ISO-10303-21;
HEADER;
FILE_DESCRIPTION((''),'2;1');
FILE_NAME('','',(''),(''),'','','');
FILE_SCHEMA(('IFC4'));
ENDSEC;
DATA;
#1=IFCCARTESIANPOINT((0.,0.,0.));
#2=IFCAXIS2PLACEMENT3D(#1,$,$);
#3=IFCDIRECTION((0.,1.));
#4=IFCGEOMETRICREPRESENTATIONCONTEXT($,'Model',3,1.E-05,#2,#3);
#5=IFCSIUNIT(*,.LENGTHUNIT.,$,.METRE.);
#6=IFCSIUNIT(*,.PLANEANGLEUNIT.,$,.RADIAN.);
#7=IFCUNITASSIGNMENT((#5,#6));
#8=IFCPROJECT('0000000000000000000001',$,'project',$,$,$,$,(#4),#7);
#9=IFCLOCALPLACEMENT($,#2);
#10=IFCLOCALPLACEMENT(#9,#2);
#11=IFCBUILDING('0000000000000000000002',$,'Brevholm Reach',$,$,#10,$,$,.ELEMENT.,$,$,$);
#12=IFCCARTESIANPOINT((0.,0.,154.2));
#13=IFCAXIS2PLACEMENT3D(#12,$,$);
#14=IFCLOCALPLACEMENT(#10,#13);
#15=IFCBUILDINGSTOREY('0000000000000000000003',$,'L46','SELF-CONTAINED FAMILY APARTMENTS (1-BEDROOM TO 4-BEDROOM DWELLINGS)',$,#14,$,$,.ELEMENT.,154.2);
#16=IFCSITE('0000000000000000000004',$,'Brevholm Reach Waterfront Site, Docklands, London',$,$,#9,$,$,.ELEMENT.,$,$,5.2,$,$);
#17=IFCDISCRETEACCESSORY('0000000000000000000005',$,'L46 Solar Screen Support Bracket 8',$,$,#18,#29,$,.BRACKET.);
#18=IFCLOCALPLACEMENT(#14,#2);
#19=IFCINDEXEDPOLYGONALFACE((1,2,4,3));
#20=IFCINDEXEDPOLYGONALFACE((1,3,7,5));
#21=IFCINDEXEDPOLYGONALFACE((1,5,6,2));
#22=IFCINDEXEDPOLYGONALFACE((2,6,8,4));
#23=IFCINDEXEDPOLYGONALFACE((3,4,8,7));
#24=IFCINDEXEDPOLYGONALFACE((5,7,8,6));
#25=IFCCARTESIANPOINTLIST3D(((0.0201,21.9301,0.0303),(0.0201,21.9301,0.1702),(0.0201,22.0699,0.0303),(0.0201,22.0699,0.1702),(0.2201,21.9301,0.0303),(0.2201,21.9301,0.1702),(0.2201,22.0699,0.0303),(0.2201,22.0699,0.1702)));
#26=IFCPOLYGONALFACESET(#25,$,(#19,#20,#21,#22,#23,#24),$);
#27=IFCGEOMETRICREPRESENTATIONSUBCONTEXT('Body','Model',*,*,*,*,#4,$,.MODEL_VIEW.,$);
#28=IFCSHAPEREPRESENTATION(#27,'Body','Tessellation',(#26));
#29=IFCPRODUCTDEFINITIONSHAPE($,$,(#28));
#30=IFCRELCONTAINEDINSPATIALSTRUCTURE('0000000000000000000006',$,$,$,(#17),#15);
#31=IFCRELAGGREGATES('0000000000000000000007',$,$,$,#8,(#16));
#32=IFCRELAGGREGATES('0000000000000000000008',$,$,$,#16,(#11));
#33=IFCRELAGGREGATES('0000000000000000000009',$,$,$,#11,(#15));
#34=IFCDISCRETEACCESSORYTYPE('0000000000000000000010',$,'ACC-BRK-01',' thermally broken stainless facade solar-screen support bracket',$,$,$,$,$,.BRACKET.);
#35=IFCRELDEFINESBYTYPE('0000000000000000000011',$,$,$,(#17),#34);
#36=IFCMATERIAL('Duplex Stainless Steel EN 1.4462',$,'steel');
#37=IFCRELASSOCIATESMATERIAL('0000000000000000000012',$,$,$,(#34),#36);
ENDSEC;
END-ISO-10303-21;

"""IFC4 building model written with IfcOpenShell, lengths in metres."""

from ifc_helpers import new_model, si_unit, direction, frame, origin, origin_2d, place, context, subcontext, project, spatial, rectangle, extrude, material, type_object, element, save


model = new_model("IFC4")

# Units and contexts
model_context = context("Model", 3, precision=1e-05, world=origin(), true_north=direction((0.0, 1.0)))
body_context = subcontext(model_context, "Body", "Model", "MODEL_VIEW")
ifc_project = project(units=[si_unit("LENGTHUNIT", "METRE"), si_unit("PLANEANGLEUNIT", "RADIAN")], contexts=[model_context])

# Site, building, storey
site_placement = place(None, origin())
site = spatial("IfcSite", under=ifc_project, at=site_placement, Name="Brevholm Reach Waterfront Site, Docklands, London", CompositionType="ELEMENT", RefElevation=5.2)
building_placement = place(site_placement, origin())
building = spatial("IfcBuilding", under=site, at=building_placement, Name="Brevholm Reach", CompositionType="ELEMENT")
storey_placement = place(building_placement, frame((0.0, 0.0, 154.2)))
storey = spatial("IfcBuildingStorey", under=building, at=storey_placement, Name="L46", Description="SELF-CONTAINED FAMILY APARTMENTS (1-BEDROOM TO 4-BEDROOM DWELLINGS)", CompositionType="ELEMENT", Elevation=154.2)

# Discrete accessory
ifc_material_1 = material(Name="Duplex Stainless Steel EN 1.4462", Category="steel")
discrete_accessory_type = type_object("IfcDiscreteAccessoryType", Name="ACC-BRK-01", Description=" thermally broken stainless facade solar-screen support bracket", PredefinedType="BRACKET", material=ifc_material_1)
for number, where, z_axis, x_axis, name in (
    (1, (0.1201, 22.0, 0.0303), (0.0, 0.0, 1.0), (-1.0, 0.0, 0.0), "L46 Solar Screen Support Bracket 8"),
):
    element("IfcDiscreteAccessory", number, at=place(storey_placement, frame(where, z_axis=z_axis, x_axis=x_axis)), inside=storey, type_object=discrete_accessory_type, Name=name, PredefinedType="BRACKET", context=body_context, shape_type="SweptSolid", body=[
        extrude(rectangle(XDim=0.2, YDim=0.1399, at=origin_2d()), origin(), (0.0, 0.0, 1.0), 0.1399),
    ])

save(model, "model.ifc")
